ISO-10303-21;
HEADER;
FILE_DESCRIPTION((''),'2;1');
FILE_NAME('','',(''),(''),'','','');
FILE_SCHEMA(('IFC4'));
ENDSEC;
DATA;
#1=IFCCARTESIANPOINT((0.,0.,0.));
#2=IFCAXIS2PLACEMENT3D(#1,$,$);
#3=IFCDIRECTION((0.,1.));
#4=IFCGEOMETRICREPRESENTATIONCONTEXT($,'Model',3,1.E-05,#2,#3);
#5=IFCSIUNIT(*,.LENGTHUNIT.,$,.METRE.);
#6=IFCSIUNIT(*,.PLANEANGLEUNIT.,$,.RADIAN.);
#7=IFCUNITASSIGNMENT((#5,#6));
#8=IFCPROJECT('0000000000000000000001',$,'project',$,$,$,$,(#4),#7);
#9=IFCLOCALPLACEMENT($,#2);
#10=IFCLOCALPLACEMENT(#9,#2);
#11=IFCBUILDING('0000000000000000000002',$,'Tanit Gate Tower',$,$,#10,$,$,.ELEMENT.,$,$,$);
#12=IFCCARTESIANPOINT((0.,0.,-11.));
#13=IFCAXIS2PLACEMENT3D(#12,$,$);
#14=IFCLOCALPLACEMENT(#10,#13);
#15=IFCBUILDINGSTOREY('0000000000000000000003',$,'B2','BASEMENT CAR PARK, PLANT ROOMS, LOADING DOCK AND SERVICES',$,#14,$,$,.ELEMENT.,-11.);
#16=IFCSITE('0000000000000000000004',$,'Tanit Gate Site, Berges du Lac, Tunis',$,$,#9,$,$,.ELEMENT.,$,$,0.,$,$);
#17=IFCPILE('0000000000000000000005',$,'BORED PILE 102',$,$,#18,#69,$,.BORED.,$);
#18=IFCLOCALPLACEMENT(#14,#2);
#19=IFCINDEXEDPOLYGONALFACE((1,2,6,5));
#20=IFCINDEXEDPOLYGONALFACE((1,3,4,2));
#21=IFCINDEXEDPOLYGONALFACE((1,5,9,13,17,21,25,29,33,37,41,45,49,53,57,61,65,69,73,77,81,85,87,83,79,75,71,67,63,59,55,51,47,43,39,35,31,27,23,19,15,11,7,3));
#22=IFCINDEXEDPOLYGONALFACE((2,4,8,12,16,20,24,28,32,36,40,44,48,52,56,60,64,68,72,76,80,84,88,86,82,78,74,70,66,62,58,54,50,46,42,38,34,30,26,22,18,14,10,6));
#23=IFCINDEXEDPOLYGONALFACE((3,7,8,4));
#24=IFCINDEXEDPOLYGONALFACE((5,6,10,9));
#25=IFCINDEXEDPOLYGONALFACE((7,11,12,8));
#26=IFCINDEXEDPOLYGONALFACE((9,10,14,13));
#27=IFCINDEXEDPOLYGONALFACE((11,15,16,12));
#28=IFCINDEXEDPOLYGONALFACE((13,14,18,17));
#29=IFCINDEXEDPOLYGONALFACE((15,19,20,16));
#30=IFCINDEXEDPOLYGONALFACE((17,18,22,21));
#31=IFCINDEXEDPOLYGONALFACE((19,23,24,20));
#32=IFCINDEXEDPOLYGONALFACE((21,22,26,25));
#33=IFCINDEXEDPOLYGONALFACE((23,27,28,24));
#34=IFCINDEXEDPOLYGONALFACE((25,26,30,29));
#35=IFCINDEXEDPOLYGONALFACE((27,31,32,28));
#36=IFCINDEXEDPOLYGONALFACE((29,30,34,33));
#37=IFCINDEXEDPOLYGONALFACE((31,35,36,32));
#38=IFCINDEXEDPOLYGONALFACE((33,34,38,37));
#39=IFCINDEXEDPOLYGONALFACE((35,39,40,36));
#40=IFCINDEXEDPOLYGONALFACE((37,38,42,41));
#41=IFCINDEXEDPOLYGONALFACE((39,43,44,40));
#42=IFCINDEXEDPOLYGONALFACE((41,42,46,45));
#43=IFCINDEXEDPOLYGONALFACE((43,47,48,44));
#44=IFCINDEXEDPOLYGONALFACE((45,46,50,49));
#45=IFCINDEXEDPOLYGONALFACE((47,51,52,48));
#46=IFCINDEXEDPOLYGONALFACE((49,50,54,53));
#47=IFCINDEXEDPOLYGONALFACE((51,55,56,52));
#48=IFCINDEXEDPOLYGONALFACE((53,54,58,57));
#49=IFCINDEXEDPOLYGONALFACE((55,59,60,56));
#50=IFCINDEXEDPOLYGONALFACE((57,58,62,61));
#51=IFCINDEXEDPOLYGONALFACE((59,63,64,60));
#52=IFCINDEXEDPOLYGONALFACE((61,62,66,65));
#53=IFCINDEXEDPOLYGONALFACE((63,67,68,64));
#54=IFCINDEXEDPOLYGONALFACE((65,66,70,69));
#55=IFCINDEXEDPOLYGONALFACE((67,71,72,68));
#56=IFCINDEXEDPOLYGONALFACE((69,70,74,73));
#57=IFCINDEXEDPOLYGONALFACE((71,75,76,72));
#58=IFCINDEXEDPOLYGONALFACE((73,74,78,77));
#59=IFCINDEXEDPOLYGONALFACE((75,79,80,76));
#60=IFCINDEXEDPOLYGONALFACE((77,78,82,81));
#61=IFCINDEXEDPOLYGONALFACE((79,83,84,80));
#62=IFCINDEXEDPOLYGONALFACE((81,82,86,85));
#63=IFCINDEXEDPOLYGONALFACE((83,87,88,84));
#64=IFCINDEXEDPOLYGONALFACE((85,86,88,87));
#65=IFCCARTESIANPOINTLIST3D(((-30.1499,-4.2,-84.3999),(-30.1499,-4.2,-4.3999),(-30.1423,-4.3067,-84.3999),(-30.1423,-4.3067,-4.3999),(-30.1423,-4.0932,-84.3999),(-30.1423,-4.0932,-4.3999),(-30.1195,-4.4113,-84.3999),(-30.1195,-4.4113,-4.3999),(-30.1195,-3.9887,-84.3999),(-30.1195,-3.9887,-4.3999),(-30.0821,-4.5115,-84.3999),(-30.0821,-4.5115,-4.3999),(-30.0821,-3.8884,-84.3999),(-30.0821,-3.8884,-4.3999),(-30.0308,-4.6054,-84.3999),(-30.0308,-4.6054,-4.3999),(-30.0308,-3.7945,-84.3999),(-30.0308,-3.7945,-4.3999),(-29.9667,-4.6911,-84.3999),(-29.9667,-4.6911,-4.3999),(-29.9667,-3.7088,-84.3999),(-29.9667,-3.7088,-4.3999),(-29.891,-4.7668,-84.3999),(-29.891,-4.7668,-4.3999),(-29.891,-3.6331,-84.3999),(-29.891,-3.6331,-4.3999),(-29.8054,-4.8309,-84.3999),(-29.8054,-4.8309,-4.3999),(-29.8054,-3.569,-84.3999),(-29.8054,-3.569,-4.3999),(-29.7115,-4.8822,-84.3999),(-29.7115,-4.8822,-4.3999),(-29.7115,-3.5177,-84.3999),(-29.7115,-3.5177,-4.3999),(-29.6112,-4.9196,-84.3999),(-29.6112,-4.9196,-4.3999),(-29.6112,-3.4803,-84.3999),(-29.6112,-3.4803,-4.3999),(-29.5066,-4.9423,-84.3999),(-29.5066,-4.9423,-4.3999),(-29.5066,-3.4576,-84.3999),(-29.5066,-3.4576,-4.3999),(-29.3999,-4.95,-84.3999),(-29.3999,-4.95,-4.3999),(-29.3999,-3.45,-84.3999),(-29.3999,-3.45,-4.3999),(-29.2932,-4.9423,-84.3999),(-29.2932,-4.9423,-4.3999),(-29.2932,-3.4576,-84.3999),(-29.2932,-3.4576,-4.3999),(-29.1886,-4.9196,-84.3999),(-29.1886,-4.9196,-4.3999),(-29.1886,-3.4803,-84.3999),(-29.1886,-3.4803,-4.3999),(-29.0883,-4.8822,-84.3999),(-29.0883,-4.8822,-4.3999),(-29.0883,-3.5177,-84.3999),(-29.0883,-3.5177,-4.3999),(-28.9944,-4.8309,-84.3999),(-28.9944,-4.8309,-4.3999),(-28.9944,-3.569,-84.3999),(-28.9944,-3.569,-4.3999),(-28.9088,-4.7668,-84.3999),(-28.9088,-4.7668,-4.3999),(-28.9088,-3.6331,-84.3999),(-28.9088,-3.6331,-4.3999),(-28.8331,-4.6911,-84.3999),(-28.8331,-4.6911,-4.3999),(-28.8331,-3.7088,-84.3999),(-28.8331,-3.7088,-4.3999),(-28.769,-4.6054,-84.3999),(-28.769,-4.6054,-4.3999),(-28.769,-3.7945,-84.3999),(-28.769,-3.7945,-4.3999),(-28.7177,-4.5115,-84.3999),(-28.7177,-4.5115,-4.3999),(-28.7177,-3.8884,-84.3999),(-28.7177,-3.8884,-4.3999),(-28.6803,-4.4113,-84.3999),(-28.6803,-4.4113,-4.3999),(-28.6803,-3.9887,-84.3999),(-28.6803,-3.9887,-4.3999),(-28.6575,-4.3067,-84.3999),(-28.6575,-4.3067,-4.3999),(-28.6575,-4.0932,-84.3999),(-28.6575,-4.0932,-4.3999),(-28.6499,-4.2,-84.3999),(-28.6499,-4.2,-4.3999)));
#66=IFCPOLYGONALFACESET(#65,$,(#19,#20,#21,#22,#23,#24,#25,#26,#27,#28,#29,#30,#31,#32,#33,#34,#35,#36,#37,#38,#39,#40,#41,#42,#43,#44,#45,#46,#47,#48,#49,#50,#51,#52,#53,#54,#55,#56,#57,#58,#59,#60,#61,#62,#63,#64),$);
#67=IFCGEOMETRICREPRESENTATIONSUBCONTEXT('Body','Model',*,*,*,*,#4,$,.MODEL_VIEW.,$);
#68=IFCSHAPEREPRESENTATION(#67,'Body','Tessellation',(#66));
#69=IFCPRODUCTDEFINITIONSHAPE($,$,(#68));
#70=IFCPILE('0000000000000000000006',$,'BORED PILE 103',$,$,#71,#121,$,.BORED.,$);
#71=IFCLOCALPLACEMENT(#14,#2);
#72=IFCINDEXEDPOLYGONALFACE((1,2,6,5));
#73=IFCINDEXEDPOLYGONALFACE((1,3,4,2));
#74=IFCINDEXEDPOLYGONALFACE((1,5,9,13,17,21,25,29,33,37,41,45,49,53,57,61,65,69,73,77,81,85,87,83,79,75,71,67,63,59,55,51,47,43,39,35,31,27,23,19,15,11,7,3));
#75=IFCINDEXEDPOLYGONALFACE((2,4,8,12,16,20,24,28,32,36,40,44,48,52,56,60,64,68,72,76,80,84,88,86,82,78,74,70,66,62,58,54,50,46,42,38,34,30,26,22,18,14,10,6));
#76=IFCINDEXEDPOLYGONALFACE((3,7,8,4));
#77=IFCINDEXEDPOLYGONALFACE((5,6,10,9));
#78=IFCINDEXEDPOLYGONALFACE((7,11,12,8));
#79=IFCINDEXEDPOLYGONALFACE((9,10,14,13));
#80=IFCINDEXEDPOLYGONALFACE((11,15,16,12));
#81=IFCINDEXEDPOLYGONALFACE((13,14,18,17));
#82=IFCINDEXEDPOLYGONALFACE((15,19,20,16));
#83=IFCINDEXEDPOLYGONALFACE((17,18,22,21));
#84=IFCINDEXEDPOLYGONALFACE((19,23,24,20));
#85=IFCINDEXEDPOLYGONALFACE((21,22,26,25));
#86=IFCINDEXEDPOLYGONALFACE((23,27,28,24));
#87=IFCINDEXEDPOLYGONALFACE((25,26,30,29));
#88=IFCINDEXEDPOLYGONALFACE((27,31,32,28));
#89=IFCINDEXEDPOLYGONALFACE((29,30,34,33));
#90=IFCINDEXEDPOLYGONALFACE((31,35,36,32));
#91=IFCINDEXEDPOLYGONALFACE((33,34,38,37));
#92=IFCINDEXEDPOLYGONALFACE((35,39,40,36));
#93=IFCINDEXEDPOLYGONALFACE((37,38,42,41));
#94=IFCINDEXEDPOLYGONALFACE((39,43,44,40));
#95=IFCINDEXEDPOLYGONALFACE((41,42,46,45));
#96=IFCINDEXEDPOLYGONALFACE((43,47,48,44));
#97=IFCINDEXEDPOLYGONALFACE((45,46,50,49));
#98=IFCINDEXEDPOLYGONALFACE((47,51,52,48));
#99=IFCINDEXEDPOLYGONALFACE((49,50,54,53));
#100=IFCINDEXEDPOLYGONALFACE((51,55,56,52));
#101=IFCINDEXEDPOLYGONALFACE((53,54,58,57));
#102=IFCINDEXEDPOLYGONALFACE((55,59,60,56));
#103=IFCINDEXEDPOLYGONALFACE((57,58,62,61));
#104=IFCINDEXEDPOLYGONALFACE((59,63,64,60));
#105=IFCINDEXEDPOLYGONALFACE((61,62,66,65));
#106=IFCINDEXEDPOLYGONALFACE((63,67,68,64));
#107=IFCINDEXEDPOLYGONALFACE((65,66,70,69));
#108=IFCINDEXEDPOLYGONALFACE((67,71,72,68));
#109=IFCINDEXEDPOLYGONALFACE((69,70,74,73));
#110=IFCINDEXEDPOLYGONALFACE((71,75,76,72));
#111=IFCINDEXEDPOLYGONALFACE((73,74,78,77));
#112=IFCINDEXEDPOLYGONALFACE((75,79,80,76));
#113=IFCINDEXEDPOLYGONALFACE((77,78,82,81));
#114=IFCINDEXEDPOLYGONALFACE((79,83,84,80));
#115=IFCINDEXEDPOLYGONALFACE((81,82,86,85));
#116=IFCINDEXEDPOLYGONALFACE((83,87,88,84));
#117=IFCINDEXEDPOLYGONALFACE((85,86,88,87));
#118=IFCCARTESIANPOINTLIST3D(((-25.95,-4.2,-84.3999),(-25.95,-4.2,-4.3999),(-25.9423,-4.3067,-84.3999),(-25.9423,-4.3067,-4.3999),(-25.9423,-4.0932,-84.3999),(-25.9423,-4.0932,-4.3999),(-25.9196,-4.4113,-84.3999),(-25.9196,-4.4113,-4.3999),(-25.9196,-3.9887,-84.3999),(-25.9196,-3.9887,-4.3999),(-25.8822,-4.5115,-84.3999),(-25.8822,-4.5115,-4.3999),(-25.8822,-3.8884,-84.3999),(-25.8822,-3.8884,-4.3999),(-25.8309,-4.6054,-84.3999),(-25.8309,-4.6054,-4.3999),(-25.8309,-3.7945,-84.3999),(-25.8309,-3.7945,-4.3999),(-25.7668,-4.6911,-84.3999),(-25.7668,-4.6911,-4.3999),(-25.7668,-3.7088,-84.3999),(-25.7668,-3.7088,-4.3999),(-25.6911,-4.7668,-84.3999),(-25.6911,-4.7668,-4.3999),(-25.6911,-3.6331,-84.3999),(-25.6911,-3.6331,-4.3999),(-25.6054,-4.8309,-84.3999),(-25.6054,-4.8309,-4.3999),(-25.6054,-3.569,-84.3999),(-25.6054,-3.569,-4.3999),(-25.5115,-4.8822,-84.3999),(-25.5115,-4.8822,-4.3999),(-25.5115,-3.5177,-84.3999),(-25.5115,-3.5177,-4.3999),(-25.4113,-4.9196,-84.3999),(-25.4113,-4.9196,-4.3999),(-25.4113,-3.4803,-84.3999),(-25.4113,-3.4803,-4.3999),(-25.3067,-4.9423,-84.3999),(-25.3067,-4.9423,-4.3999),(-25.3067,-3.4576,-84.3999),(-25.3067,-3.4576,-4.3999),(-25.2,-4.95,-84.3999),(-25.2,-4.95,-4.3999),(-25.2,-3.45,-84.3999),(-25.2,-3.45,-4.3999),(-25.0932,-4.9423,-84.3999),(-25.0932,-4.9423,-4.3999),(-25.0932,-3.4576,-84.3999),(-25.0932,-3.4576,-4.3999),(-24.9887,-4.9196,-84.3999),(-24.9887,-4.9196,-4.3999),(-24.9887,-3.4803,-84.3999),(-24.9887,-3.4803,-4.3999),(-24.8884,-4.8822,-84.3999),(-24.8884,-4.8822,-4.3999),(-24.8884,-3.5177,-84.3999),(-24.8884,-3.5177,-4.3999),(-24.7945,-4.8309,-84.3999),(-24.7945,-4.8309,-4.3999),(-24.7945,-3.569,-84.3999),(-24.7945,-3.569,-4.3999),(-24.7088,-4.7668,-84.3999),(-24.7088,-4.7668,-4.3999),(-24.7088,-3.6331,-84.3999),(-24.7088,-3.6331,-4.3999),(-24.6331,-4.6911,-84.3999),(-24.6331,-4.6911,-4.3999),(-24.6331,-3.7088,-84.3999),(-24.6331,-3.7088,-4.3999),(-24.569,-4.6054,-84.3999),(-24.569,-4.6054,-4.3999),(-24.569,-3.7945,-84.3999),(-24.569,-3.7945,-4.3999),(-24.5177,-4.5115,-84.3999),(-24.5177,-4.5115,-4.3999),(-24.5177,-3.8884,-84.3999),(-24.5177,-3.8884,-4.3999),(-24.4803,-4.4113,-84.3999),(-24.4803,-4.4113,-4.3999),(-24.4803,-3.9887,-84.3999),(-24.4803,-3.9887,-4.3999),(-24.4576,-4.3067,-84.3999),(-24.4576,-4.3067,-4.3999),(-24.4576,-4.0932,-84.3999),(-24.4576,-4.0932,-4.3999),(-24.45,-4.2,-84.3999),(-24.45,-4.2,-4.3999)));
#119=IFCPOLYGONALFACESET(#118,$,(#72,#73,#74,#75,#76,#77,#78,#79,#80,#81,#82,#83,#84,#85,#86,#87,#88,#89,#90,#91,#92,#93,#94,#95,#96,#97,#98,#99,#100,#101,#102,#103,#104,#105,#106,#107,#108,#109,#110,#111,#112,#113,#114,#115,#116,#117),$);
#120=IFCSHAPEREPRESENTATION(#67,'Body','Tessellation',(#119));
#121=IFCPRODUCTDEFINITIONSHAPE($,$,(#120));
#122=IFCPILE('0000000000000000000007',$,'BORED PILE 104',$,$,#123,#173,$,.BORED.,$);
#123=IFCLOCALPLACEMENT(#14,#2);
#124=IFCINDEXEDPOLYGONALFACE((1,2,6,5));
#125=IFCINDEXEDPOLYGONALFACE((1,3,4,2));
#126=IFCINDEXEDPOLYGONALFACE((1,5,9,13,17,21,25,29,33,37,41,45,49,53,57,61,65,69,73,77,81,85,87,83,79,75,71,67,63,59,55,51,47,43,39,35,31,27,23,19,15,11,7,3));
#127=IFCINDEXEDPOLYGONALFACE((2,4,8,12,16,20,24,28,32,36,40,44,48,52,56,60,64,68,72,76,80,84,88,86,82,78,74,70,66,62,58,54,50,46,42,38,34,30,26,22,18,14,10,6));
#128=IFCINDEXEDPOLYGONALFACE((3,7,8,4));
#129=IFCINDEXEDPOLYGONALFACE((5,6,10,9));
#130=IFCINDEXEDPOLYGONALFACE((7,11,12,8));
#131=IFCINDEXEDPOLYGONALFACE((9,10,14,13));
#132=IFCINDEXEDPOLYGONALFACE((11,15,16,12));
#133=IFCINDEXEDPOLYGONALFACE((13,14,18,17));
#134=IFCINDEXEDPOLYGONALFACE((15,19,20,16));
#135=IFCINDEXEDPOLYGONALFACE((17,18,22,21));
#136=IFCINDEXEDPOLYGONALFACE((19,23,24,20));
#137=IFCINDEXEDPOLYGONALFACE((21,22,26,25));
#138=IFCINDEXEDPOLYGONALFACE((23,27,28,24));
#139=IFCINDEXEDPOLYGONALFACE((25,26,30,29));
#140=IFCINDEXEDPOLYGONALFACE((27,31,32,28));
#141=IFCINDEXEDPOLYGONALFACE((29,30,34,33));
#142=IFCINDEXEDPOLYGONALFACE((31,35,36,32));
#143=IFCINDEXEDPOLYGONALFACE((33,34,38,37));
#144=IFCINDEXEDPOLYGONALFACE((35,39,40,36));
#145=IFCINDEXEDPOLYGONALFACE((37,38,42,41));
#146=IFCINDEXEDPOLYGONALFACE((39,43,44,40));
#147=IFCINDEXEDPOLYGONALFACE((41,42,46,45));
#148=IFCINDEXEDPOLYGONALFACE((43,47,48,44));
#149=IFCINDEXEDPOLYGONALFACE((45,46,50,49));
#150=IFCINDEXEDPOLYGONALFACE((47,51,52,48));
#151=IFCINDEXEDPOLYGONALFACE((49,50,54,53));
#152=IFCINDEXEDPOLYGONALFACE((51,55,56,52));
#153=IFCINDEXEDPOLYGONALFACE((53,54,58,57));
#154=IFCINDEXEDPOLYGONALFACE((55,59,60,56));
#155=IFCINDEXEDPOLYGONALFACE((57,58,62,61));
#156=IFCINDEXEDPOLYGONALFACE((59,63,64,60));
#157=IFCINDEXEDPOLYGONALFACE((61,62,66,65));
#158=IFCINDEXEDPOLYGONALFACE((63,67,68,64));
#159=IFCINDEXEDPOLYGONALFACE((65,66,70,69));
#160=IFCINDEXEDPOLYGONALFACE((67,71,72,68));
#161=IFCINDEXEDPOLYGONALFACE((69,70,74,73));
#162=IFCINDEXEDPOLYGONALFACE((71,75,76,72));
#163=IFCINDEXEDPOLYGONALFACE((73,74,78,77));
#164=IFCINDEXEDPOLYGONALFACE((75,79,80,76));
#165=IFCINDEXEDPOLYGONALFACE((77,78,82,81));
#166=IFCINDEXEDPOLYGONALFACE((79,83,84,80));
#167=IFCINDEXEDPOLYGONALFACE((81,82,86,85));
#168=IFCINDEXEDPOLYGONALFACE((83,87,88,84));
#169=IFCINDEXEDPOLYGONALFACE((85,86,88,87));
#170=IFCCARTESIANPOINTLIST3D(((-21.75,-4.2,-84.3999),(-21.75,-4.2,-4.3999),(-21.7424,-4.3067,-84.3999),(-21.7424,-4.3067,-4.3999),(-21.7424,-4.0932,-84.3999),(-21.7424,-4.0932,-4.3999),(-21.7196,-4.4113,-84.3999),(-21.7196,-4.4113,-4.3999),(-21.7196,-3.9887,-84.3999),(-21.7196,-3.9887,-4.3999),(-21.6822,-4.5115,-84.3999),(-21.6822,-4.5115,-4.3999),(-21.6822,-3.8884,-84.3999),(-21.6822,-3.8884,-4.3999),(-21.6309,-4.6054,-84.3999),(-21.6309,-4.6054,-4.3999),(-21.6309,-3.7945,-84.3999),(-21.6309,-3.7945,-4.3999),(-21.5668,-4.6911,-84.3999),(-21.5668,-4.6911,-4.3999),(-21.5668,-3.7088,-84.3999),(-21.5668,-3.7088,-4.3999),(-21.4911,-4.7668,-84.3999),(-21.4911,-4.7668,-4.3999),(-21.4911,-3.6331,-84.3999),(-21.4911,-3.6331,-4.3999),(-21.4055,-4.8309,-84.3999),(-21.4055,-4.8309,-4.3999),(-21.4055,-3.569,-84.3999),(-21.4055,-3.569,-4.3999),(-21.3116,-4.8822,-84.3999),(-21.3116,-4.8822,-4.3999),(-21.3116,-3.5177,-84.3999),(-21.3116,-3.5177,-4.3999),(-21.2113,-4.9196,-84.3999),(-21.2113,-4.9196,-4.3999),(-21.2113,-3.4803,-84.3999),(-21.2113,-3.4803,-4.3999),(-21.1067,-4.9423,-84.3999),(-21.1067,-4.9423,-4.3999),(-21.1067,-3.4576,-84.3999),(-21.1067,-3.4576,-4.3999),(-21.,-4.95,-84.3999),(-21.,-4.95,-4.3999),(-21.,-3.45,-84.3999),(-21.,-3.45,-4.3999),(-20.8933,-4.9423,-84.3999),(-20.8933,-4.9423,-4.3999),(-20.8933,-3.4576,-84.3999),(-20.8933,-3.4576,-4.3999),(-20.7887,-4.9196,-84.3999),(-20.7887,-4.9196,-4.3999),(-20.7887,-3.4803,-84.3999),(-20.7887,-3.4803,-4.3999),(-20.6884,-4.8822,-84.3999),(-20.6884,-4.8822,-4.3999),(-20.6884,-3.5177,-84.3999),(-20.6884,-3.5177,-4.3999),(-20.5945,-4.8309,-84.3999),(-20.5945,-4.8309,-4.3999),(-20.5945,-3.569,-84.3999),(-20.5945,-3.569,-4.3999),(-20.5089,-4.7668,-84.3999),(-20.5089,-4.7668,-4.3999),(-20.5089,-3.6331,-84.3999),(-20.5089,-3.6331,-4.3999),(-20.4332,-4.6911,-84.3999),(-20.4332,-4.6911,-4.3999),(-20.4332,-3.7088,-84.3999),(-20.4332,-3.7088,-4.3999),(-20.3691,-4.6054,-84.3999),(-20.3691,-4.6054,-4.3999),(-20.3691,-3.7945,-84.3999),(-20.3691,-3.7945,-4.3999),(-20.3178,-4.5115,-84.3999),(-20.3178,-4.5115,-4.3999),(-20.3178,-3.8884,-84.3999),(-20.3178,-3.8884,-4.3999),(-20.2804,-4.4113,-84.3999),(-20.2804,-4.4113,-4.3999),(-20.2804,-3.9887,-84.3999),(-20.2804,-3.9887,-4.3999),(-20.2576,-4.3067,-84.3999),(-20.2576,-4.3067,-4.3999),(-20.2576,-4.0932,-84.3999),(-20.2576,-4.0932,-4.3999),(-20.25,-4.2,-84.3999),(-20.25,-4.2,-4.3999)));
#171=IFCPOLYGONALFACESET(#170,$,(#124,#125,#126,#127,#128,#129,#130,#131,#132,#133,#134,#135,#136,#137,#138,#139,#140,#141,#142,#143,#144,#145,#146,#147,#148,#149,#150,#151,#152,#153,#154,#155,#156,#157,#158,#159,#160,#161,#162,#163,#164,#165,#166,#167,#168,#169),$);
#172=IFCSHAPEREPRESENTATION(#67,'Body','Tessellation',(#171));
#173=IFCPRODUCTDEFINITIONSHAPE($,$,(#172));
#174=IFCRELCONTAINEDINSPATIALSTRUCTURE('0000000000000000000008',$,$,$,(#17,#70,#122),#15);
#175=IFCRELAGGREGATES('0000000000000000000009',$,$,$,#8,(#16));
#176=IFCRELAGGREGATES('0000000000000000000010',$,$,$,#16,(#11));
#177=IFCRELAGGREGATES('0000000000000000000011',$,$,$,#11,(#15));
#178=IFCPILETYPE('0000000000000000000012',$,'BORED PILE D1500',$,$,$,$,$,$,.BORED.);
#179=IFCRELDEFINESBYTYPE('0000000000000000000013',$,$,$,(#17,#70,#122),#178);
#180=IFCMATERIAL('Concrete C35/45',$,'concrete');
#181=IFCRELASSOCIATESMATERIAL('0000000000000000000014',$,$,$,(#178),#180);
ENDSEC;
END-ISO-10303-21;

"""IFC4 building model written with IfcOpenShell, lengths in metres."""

from ifc_helpers import new_model, si_unit, direction, frame, origin, origin_2d, place, context, subcontext, project, spatial, circle, extrude, material, material_profile, profile_set, type_object, element, save


model = new_model("IFC4")

# Units and contexts
model_context = context("Model", 3, precision=1e-05, world=origin(), true_north=direction((0.0, 1.0)))
body_context = subcontext(model_context, "Body", "Model", "MODEL_VIEW")
ifc_project = project(units=[si_unit("LENGTHUNIT", "METRE"), si_unit("PLANEANGLEUNIT", "RADIAN")], contexts=[model_context])

# Site, building, storey
site_placement = place(None, origin())
site = spatial("IfcSite", under=ifc_project, at=site_placement, Name="Tanit Gate Site, Berges du Lac, Tunis", CompositionType="ELEMENT", RefElevation=0.0)
building_placement = place(site_placement, origin())
building = spatial("IfcBuilding", under=site, at=building_placement, Name="Tanit Gate Tower", CompositionType="ELEMENT")
storey_placement = place(building_placement, frame((0.0, 0.0, -11.0)))
storey = spatial("IfcBuildingStorey", under=building, at=storey_placement, Name="B2", Description="BASEMENT CAR PARK, PLANT ROOMS, LOADING DOCK AND SERVICES", CompositionType="ELEMENT", Elevation=-11.0)

# Piles
ifc_material_1 = material(Name="Concrete C35/45", Category="concrete")
ifc_material_profile_1 = material_profile(ifc_material_1, circle(Radius=0.75, at=origin_2d()), Name="BORED PILE D1500 C35/45")
ifc_profile_set_1 = profile_set([ifc_material_profile_1], Name="Concrete C35/45")
pile_type = type_object("IfcPileType", Name="BORED PILE D1500", PredefinedType="BORED", material=ifc_profile_set_1)
for number, where, z_axis, x_axis, name in (
    (1, (-29.3999, -4.2, -4.3999), (0.0, 0.0, -1.0), (1.0, 0.0, 0.0), "BORED PILE 102"),
    (2, (-25.2, -4.2, -4.3999), (0.0, 0.0, -1.0), (1.0, 0.0, 0.0), "BORED PILE 103"),
    (3, (-21.0, -4.2, -4.3999), (0.0, 0.0, -1.0), (1.0, 0.0, 0.0), "BORED PILE 104"),
):
    element("IfcPile", number, at=place(storey_placement, frame(where, z_axis=z_axis, x_axis=x_axis)), inside=storey, type_object=pile_type, Name=name, PredefinedType="BORED", context=body_context, shape_type="SweptSolid", body=[
        extrude(circle(Radius=0.75, at=origin_2d()), origin(), (0.0, 0.0, 1.0), 80.0),
    ])

save(model, "model.ifc")
